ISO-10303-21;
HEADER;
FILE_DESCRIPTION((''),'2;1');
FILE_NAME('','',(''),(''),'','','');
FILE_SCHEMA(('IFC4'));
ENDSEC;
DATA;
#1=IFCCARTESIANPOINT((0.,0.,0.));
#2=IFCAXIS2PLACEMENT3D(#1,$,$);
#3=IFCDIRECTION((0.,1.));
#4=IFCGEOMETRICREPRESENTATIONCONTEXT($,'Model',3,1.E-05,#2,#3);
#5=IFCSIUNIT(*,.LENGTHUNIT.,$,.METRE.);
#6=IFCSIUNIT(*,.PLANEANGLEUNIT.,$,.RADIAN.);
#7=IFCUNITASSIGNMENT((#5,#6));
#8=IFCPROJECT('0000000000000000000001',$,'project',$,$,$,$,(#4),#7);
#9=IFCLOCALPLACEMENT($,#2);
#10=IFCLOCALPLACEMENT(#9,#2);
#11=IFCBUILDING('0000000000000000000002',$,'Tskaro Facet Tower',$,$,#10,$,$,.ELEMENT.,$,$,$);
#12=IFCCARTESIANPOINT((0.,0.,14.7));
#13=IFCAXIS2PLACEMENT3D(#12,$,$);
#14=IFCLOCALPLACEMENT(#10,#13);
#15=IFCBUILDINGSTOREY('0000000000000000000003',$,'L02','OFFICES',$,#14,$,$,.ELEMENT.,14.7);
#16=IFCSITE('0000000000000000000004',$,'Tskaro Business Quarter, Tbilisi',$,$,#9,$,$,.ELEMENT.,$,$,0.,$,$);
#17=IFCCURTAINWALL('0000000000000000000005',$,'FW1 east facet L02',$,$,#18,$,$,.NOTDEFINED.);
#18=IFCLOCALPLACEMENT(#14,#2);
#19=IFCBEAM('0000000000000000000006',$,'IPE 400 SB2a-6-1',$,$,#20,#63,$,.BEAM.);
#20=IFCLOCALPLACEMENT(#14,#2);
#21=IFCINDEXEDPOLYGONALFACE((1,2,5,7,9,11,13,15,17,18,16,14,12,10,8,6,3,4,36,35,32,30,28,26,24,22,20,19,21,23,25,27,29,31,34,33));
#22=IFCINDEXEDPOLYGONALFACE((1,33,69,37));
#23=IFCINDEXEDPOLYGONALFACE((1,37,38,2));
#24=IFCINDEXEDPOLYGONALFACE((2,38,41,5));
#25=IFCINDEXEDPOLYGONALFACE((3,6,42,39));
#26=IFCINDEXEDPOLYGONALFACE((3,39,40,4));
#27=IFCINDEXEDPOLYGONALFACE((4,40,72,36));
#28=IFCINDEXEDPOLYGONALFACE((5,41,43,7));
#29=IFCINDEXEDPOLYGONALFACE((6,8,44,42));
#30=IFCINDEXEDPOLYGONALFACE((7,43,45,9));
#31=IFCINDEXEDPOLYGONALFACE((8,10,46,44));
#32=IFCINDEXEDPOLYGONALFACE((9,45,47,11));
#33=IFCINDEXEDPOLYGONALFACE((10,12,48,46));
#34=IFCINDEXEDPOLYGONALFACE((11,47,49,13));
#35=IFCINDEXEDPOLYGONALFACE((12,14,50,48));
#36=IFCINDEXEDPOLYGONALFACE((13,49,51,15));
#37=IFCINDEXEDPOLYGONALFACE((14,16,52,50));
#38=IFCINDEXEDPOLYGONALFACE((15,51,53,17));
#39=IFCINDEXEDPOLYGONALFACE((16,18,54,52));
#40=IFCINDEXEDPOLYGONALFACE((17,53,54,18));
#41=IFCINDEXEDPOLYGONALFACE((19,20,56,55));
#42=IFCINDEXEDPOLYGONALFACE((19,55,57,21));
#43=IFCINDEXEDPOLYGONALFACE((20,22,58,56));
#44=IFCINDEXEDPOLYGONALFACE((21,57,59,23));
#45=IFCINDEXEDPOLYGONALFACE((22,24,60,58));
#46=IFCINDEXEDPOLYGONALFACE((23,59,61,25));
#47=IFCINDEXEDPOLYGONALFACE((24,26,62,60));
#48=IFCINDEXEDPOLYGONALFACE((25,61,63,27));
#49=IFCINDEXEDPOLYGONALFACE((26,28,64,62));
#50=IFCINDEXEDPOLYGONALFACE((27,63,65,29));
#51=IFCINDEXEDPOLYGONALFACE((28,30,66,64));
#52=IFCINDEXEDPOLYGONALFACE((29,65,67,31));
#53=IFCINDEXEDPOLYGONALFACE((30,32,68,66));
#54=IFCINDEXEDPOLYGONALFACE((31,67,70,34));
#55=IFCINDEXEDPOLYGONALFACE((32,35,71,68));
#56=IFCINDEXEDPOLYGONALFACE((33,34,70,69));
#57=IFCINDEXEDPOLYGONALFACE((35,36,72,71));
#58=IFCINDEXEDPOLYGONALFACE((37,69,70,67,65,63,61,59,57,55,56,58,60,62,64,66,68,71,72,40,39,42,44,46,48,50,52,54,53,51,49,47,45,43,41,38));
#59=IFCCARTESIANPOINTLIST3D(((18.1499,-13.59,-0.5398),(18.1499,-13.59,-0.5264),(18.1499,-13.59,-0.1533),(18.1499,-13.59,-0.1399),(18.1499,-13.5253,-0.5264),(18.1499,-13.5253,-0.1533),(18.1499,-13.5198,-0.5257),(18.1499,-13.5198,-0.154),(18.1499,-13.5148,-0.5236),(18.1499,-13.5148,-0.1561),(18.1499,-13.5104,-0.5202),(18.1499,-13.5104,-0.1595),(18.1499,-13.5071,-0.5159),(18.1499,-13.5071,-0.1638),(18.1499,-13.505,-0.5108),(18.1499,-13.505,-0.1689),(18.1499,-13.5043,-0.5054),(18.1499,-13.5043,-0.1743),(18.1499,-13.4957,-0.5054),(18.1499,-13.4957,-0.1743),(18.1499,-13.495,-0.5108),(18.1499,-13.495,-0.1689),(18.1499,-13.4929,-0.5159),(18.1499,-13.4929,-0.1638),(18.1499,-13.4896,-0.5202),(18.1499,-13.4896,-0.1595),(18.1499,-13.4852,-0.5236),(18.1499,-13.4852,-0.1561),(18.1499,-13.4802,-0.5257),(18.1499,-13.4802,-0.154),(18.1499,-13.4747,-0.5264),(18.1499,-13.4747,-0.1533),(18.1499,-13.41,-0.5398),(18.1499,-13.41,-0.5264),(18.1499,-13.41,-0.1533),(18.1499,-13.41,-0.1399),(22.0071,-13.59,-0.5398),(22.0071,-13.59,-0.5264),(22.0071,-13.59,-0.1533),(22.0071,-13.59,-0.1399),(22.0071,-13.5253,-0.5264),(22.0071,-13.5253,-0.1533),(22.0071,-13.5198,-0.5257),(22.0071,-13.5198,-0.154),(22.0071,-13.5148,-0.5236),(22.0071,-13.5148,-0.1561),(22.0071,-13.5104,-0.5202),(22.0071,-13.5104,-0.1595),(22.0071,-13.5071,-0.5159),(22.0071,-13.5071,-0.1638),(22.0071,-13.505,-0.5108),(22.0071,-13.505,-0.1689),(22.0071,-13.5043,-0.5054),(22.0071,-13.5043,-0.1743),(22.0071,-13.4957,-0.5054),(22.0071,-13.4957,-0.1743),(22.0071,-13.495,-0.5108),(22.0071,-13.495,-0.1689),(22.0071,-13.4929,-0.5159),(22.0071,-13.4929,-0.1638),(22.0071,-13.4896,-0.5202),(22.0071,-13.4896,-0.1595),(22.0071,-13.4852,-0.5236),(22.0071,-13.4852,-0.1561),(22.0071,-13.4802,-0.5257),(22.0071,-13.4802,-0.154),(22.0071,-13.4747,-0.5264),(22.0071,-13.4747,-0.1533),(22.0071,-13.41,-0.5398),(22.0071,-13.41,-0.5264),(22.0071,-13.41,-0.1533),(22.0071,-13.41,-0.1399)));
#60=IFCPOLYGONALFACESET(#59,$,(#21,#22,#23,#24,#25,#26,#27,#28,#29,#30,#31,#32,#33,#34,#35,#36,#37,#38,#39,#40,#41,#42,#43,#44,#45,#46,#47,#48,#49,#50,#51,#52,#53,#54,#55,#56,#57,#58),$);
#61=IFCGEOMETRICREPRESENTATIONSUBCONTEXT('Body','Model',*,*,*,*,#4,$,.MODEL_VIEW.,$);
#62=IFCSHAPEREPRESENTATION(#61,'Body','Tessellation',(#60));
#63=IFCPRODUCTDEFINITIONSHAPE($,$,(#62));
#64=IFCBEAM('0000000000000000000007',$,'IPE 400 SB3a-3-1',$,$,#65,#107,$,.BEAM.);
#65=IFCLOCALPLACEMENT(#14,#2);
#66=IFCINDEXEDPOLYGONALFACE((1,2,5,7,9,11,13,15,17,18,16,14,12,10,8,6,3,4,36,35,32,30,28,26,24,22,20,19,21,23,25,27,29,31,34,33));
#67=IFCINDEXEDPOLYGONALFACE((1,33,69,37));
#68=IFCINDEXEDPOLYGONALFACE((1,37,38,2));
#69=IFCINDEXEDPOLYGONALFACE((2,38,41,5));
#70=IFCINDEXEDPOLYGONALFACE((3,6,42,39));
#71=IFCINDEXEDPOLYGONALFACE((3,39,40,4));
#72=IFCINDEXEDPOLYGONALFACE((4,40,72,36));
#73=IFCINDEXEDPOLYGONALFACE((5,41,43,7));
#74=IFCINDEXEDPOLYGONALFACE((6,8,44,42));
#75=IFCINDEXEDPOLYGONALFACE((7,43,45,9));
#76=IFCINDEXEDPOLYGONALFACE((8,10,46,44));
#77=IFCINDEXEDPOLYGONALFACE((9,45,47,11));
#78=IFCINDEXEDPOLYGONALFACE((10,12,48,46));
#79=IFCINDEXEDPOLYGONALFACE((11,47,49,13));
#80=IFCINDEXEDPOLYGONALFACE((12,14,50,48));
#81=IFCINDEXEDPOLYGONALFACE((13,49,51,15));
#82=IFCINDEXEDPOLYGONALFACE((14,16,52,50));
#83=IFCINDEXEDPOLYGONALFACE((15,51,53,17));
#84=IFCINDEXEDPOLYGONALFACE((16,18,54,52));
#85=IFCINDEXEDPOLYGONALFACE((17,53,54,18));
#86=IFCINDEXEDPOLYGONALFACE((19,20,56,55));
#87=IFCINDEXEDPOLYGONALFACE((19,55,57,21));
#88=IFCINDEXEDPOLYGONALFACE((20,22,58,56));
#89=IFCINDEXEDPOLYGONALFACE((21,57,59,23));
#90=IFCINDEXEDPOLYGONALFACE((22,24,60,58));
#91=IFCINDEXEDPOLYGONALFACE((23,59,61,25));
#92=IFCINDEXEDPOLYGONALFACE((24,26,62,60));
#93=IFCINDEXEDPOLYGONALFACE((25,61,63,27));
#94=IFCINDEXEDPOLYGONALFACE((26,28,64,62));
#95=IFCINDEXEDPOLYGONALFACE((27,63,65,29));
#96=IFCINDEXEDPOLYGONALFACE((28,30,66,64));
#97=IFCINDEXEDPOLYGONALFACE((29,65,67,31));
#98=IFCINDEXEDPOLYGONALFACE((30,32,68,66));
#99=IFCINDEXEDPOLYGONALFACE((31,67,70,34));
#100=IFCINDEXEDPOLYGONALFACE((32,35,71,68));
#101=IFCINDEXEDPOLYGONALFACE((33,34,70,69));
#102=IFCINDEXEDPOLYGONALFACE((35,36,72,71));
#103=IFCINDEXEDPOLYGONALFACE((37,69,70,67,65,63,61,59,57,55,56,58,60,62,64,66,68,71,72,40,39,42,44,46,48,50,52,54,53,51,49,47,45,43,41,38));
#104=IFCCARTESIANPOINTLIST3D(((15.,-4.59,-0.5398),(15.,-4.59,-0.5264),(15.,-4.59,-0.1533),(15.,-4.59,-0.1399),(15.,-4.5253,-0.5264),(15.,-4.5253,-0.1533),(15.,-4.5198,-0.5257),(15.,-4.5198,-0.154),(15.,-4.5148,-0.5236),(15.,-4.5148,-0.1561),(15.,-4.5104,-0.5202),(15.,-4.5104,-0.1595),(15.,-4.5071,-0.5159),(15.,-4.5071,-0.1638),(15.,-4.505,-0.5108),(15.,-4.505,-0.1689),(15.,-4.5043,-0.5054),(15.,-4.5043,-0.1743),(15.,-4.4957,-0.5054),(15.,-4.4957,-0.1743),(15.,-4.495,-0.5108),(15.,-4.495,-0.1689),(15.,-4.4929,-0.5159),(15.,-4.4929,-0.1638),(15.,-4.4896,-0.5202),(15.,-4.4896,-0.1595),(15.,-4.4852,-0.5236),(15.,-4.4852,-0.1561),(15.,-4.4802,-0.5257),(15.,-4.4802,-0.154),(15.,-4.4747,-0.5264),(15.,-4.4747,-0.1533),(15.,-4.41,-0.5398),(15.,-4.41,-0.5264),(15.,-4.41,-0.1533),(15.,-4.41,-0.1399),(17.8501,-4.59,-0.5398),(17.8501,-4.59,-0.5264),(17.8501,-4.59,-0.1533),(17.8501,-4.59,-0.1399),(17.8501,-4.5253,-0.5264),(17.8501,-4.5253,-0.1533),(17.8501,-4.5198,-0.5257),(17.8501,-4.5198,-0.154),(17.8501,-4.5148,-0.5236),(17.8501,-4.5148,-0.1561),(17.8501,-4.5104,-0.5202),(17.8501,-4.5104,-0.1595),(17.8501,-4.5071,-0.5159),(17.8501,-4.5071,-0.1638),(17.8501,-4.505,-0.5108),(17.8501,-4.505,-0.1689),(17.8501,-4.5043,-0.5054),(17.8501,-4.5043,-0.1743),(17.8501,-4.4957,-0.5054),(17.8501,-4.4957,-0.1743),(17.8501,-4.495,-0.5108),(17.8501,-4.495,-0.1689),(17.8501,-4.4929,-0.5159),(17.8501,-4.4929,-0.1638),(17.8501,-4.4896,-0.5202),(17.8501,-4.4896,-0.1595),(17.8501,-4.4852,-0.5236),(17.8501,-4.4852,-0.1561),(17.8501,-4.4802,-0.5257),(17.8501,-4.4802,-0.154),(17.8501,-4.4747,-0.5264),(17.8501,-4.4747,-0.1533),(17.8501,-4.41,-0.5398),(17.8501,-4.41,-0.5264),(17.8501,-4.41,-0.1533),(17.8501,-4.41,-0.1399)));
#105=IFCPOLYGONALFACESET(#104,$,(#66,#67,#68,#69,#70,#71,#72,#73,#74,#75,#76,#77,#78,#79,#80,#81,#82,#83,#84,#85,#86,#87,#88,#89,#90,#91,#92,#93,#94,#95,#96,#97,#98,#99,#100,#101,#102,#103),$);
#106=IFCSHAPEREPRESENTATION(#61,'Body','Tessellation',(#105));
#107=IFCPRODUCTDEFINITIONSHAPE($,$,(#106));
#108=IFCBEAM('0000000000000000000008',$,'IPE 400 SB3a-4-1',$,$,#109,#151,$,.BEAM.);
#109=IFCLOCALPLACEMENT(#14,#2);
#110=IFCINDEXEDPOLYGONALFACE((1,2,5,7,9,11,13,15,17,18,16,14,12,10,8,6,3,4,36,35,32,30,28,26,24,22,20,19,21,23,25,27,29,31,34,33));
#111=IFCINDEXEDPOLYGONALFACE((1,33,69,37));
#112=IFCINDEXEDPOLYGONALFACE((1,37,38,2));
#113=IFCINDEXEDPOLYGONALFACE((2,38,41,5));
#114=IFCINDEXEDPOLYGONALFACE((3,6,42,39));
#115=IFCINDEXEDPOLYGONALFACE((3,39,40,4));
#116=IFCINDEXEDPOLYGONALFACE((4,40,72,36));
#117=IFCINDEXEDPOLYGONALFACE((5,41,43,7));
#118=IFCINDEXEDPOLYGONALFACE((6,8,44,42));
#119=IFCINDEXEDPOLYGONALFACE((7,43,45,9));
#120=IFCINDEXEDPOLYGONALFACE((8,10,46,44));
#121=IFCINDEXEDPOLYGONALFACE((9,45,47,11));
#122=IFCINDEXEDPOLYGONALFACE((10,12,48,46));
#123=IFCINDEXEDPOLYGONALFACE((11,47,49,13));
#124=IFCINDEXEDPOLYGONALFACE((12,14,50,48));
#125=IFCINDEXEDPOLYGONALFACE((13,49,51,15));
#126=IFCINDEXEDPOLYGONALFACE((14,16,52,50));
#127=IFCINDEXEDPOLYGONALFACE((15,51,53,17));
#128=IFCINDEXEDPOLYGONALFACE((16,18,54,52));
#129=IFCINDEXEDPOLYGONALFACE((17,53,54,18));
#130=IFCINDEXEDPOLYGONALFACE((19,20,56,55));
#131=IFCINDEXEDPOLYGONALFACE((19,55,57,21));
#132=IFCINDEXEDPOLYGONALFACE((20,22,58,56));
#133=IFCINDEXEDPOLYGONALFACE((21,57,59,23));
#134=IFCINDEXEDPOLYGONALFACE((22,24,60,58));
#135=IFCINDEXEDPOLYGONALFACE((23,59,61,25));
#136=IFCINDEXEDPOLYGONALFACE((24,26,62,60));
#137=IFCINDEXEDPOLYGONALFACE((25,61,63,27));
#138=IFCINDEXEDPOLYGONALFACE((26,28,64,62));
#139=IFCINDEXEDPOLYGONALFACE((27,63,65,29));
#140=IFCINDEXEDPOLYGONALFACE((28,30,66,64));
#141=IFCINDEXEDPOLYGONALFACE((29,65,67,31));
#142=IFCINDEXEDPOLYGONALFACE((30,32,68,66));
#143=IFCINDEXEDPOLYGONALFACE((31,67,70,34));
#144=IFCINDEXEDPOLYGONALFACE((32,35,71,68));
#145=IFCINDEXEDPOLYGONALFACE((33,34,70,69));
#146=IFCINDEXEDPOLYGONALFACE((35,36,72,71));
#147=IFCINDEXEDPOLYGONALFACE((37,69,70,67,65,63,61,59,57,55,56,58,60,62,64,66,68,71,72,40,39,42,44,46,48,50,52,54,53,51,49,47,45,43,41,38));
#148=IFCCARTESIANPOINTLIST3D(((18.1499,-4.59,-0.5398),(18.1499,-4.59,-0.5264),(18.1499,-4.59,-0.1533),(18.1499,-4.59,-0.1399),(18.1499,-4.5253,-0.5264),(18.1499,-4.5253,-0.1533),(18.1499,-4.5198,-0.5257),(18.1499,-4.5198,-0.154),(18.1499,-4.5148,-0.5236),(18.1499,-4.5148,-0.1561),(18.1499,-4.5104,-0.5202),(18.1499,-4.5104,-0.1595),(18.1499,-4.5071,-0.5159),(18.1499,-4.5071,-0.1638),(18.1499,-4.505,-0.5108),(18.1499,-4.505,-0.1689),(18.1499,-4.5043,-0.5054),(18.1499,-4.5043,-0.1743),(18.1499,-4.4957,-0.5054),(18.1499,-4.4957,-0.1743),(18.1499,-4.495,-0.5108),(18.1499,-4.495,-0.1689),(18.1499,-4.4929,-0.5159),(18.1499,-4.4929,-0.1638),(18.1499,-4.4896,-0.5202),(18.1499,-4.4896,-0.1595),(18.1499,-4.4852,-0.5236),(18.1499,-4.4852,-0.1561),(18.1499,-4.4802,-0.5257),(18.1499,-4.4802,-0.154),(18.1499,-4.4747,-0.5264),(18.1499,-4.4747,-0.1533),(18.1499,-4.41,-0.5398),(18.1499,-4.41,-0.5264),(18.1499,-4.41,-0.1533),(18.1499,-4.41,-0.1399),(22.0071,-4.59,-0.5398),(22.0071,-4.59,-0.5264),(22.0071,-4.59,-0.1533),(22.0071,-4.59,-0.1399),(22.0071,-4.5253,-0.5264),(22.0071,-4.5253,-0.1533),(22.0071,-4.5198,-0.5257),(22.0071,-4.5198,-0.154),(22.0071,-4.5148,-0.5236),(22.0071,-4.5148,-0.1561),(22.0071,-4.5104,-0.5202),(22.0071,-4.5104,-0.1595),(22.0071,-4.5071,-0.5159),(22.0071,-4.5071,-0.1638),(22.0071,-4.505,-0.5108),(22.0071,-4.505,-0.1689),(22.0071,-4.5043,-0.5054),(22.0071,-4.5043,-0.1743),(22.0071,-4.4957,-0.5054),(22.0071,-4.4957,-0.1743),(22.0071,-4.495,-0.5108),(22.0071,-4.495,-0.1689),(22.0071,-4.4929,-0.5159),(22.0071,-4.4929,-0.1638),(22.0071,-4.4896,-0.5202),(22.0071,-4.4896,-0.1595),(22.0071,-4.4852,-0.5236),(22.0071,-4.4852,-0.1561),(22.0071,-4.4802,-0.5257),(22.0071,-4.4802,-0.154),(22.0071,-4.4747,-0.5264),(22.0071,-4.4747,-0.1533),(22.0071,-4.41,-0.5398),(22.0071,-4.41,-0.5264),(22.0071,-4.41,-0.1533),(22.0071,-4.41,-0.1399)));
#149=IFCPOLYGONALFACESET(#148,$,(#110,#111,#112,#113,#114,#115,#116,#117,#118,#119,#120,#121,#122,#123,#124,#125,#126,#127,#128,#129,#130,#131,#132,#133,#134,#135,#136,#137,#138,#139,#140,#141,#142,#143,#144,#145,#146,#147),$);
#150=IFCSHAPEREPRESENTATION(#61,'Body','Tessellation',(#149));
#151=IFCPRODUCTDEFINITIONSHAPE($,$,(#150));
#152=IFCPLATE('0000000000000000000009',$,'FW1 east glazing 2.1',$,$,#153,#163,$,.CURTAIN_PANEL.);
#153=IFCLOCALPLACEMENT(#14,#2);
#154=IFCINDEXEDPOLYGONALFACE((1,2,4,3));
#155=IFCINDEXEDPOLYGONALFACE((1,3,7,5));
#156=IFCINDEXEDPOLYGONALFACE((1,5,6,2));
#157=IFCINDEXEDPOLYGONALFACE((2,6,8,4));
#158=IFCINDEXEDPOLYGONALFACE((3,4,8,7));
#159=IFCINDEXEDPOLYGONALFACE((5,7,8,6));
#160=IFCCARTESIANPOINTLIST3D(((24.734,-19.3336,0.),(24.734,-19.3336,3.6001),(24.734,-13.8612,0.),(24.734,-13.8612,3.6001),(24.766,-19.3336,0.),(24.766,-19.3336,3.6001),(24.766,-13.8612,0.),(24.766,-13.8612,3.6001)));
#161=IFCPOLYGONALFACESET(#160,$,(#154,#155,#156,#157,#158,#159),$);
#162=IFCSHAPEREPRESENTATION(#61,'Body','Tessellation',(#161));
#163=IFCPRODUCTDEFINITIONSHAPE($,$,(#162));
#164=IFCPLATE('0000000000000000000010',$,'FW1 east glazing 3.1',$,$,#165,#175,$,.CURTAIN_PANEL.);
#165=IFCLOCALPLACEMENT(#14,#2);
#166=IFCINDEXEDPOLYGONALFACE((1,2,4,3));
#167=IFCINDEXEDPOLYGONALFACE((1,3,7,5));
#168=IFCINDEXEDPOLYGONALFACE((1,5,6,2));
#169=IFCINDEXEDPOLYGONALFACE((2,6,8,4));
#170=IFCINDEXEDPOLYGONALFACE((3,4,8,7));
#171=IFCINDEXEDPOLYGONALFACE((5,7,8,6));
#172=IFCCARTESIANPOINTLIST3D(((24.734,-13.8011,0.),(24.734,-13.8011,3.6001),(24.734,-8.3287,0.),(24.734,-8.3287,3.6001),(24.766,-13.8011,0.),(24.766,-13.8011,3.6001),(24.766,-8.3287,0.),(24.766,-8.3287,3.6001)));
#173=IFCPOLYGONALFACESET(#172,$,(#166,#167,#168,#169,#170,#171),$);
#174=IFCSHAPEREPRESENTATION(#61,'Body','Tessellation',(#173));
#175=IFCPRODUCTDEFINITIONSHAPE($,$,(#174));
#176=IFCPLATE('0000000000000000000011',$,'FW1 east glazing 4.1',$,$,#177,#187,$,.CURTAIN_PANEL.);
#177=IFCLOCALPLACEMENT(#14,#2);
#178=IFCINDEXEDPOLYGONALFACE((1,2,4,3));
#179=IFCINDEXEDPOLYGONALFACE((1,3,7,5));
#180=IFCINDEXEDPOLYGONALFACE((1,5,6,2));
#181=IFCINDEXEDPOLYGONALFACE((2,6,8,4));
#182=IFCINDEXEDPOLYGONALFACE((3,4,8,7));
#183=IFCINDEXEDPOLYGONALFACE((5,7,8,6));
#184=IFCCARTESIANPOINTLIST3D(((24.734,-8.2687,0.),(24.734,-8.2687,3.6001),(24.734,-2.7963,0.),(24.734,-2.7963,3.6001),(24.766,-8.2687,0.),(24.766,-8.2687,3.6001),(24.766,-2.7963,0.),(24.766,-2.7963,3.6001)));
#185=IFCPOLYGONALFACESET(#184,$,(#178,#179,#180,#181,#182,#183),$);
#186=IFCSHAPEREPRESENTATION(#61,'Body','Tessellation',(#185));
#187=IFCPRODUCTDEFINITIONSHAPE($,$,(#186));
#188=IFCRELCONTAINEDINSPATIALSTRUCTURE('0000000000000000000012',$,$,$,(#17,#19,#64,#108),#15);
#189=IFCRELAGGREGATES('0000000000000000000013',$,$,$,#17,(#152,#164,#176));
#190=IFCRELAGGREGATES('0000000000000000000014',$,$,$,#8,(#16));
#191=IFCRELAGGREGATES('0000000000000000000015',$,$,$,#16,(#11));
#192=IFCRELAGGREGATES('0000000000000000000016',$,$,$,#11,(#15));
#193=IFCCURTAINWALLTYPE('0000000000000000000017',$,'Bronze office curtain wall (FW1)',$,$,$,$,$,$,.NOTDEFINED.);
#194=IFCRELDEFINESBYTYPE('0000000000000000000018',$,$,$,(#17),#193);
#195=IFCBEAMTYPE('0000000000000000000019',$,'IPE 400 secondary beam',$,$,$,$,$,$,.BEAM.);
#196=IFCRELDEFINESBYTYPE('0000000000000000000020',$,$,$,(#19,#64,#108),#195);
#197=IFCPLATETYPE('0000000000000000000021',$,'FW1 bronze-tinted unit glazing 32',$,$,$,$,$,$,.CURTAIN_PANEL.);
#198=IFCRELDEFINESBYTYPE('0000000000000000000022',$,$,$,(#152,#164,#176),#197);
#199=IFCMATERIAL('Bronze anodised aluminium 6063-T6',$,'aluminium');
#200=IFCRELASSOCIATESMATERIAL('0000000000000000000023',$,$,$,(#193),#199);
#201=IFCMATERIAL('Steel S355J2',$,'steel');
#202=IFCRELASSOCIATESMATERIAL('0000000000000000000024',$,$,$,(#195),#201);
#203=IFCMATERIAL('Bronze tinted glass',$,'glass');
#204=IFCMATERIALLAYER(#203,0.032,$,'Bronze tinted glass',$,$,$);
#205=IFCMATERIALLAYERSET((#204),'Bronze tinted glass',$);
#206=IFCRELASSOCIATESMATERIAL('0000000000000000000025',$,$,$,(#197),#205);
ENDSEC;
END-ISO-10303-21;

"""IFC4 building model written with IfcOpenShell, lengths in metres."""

from ifc_helpers import new_model, si_unit, direction, frame, origin, origin_2d, place, context, subcontext, project, spatial, rectangle, i_section, extrude, material, layer, layer_set, material_profile, profile_set, type_object, element, aggregate, save


model = new_model("IFC4")

# Units and contexts
model_context = context("Model", 3, precision=1e-05, world=origin(), true_north=direction((0.0, 1.0)))
body_context = subcontext(model_context, "Body", "Model", "MODEL_VIEW")
ifc_project = project(units=[si_unit("LENGTHUNIT", "METRE"), si_unit("PLANEANGLEUNIT", "RADIAN")], contexts=[model_context])

# Site, building, storey
site_placement = place(None, origin())
site = spatial("IfcSite", under=ifc_project, at=site_placement, Name="Tskaro Business Quarter, Tbilisi", CompositionType="ELEMENT", RefElevation=0.0)
building_placement = place(site_placement, origin())
building = spatial("IfcBuilding", under=site, at=building_placement, Name="Tskaro Facet Tower", CompositionType="ELEMENT")
storey_placement = place(building_placement, frame((0.0, 0.0, 14.7)))
storey = spatial("IfcBuildingStorey", under=building, at=storey_placement, Name="L02", Description="OFFICES", CompositionType="ELEMENT", Elevation=14.7)

# Curtain wall
ifc_material_1 = material(Name="Bronze anodised aluminium 6063-T6", Category="aluminium")
curtain_wall_type = type_object("IfcCurtainWallType", Name="Bronze office curtain wall (FW1)", PredefinedType="NOTDEFINED", material=ifc_material_1)
curtain_wall_placement = place(storey_placement, origin())
curtain_wall = element("IfcCurtainWall", 1, at=curtain_wall_placement, inside=storey, type_object=curtain_wall_type, Name="FW1 east facet L02", PredefinedType="NOTDEFINED")

# Beams
ifc_material_2 = material(Name="Steel S355J2", Category="steel")
ifc_material_profile_1 = material_profile(ifc_material_2, i_section(OverallWidth=0.1799, OverallDepth=0.3999, WebThickness=0.0085, FlangeThickness=0.0134, FilletRadius=0.021, at=origin_2d()), Name="IPE 400")
ifc_profile_set_1 = profile_set([ifc_material_profile_1], Name="Steel S355J2")
beam_type_1 = type_object("IfcBeamType", Name="IPE 400 secondary beam", PredefinedType="BEAM", material=ifc_profile_set_1)
beam_1_placement = place(storey_placement, frame((18.1499, -13.5, -0.3398), z_axis=(1.0, 0.0, 0.0), x_axis=(0.0, 1.0, 0.0)))
element("IfcBeam", 2, at=beam_1_placement, inside=storey, type_object=beam_type_1, Name="IPE 400 SB2a-6-1", PredefinedType="BEAM", context=body_context, shape_type="SweptSolid", body=[
    extrude(i_section(OverallWidth=0.1799, OverallDepth=0.3999, WebThickness=0.0085, FlangeThickness=0.0134, FilletRadius=0.021, at=origin_2d()), origin(), (0.0, 0.0, 1.0), 3.8572),
])
beam_2_placement = place(storey_placement, frame((15.0, -4.5, -0.3398), z_axis=(1.0, 0.0, 0.0), x_axis=(0.0, 1.0, 0.0)))
element("IfcBeam", 3, at=beam_2_placement, inside=storey, type_object=beam_type_1, Name="IPE 400 SB3a-3-1", PredefinedType="BEAM", context=body_context, shape_type="SweptSolid", body=[
    extrude(i_section(OverallWidth=0.1799, OverallDepth=0.3999, WebThickness=0.0085, FlangeThickness=0.0134, FilletRadius=0.021, at=origin_2d()), origin(), (0.0, 0.0, 1.0), 2.8501),
])
beam_3_placement = place(storey_placement, frame((18.1499, -4.5, -0.3398), z_axis=(1.0, 0.0, 0.0), x_axis=(0.0, 1.0, 0.0)))
element("IfcBeam", 4, at=beam_3_placement, inside=storey, type_object=beam_type_1, Name="IPE 400 SB3a-4-1", PredefinedType="BEAM", context=body_context, shape_type="SweptSolid", body=[
    extrude(i_section(OverallWidth=0.1799, OverallDepth=0.3999, WebThickness=0.0085, FlangeThickness=0.0134, FilletRadius=0.021, at=origin_2d()), origin(), (0.0, 0.0, 1.0), 3.8572),
])

# Plates
ifc_material_3 = material(Name="Bronze tinted glass", Category="glass")
ifc_layer_1 = layer(ifc_material_3, 0.032, Name="Bronze tinted glass")
ifc_layer_set_1 = layer_set([ifc_layer_1], Name="Bronze tinted glass")
plate_type = type_object("IfcPlateType", Name="FW1 bronze-tinted unit glazing 32", PredefinedType="CURTAIN_PANEL", material=ifc_layer_set_1)
plate_1_placement = place(storey_placement, frame((24.75, -16.5974, 0.0), z_axis=(0.0, 0.0, 1.0), x_axis=(0.0, 1.0, 0.0)))
plate_1 = element("IfcPlate", 5, at=plate_1_placement, type_object=plate_type, Name="FW1 east glazing 2.1", PredefinedType="CURTAIN_PANEL", context=body_context, shape_type="SweptSolid", body=[
    extrude(rectangle(XDim=5.4724, YDim=0.032, at=origin_2d()), origin(), (0.0, 0.0, 1.0), 3.6001),
])
plate_2_placement = place(storey_placement, frame((24.75, -11.0649, 0.0), z_axis=(0.0, 0.0, 1.0), x_axis=(0.0, 1.0, 0.0)))
plate_2 = element("IfcPlate", 6, at=plate_2_placement, type_object=plate_type, Name="FW1 east glazing 3.1", PredefinedType="CURTAIN_PANEL", context=body_context, shape_type="SweptSolid", body=[
    extrude(rectangle(XDim=5.4724, YDim=0.032, at=origin_2d()), origin(), (0.0, 0.0, 1.0), 3.6001),
])
plate_3_placement = place(storey_placement, frame((24.75, -5.5325, 0.0), z_axis=(0.0, 0.0, 1.0), x_axis=(0.0, 1.0, 0.0)))
plate_3 = element("IfcPlate", 7, at=plate_3_placement, type_object=plate_type, Name="FW1 east glazing 4.1", PredefinedType="CURTAIN_PANEL", context=body_context, shape_type="SweptSolid", body=[
    extrude(rectangle(XDim=5.4724, YDim=0.032, at=origin_2d()), origin(), (0.0, 0.0, 1.0), 3.6001),
])
aggregate(curtain_wall, [plate_1, plate_2, plate_3])

save(model, "model.ifc")
